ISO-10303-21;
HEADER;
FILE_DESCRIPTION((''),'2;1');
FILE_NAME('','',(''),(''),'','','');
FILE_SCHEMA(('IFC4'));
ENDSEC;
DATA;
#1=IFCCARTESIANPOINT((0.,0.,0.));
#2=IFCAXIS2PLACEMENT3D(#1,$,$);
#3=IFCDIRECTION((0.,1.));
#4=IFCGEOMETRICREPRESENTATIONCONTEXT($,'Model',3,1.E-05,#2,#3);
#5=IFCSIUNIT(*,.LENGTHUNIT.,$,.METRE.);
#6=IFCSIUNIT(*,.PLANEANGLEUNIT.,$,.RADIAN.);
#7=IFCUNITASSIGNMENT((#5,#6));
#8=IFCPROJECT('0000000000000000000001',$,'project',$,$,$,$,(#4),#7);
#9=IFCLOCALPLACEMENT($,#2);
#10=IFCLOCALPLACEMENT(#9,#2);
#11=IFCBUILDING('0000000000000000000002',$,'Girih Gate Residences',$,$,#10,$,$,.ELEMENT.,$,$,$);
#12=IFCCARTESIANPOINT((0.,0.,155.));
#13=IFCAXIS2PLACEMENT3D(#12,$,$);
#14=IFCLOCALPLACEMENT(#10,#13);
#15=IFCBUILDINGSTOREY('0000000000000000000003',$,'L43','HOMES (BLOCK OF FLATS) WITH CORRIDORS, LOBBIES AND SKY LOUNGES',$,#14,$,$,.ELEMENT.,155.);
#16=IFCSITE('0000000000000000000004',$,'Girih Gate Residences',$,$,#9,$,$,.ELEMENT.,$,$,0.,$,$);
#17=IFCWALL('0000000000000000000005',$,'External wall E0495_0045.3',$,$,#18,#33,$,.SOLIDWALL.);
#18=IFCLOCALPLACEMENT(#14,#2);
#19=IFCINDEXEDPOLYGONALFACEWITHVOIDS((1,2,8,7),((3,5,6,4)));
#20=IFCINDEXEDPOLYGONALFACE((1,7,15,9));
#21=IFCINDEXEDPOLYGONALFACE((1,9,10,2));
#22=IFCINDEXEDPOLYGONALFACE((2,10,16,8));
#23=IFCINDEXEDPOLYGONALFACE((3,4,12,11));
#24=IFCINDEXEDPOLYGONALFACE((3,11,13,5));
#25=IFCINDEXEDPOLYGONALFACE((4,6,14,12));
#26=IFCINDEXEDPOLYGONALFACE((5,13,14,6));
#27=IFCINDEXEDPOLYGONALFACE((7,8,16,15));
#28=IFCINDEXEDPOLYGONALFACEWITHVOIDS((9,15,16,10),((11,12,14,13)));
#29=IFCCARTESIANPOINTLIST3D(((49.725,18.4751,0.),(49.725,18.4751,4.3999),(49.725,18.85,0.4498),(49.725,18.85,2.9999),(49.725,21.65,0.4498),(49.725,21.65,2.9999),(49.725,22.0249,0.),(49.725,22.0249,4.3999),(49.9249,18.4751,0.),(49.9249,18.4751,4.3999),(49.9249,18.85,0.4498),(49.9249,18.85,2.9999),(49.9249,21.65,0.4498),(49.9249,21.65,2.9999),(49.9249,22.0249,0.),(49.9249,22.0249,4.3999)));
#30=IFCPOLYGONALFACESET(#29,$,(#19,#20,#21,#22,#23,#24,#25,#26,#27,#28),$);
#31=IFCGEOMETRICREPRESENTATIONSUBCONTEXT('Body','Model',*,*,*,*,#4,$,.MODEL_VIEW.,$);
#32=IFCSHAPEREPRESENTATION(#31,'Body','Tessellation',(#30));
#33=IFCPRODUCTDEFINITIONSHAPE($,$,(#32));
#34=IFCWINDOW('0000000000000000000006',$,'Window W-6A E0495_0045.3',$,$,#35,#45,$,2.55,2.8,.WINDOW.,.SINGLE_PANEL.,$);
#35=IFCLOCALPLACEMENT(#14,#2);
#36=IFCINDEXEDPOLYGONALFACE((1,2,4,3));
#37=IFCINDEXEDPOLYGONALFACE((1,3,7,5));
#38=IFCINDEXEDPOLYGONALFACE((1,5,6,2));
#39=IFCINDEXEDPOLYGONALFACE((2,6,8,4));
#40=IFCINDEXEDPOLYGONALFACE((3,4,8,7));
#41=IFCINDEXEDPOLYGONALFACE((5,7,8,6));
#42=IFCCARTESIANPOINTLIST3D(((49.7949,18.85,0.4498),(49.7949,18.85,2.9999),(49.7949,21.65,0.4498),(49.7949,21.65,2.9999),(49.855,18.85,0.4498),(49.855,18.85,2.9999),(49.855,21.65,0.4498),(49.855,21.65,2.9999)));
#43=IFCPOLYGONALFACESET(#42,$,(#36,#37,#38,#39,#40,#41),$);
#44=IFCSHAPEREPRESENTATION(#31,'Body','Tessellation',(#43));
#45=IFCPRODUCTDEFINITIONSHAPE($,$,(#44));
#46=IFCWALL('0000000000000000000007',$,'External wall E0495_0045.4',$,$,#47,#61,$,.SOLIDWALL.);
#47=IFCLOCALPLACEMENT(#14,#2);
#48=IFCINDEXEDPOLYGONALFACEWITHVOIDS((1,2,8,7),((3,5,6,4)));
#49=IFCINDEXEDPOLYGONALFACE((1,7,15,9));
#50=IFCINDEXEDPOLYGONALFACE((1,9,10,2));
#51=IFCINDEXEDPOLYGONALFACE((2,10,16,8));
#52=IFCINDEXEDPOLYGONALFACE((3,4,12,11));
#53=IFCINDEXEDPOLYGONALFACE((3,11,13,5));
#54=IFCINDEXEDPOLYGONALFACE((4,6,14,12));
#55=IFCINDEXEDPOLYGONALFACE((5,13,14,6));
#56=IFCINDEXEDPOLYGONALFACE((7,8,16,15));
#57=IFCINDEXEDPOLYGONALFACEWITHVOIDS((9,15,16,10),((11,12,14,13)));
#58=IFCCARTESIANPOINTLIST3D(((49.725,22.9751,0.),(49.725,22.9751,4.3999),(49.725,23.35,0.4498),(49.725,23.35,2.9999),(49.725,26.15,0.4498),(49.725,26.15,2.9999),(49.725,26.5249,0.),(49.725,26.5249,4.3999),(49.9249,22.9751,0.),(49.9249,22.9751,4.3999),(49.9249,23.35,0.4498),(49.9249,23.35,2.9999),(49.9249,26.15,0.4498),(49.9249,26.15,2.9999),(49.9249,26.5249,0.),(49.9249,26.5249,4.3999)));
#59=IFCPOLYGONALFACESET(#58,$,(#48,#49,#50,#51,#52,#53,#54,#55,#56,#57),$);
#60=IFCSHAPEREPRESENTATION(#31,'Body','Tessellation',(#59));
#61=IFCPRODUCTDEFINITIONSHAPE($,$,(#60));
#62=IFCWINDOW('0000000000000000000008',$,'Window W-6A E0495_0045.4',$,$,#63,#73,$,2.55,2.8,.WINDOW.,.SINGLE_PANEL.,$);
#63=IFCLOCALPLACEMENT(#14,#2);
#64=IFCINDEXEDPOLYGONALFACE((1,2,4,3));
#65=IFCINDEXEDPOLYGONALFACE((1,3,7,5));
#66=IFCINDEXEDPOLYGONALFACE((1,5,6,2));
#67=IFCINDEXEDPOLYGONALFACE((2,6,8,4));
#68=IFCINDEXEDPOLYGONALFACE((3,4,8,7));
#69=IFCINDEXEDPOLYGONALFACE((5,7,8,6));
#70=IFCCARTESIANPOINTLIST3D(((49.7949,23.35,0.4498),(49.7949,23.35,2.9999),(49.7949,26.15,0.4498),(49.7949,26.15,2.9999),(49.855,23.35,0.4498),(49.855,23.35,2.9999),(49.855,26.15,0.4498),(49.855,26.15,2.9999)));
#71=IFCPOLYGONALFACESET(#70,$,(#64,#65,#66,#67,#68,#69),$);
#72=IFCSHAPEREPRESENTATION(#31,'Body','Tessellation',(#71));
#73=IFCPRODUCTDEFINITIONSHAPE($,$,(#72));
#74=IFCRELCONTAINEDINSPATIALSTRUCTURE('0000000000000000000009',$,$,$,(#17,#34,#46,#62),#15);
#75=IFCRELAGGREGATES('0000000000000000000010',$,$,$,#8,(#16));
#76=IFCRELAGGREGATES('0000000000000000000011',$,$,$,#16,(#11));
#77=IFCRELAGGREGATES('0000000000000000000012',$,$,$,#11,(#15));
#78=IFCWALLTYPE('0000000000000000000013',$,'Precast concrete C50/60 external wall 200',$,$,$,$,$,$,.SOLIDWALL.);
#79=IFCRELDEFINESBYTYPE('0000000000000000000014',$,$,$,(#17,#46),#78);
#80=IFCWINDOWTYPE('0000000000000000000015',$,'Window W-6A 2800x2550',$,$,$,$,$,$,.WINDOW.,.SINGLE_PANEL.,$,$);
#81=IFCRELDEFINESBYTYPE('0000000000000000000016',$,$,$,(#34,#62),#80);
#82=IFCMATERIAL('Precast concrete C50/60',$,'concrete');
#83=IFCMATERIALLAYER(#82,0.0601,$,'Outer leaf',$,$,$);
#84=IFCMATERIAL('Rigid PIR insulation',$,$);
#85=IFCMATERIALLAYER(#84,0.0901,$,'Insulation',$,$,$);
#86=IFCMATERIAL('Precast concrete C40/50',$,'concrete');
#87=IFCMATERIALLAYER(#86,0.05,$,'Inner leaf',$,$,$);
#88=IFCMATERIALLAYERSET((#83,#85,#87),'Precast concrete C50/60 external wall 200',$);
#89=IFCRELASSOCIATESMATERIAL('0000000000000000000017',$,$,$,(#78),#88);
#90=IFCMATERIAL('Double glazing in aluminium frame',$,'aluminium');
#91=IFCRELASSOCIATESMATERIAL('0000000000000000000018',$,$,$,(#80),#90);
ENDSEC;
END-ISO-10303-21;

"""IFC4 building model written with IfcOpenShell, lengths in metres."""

from ifc_helpers import new_model, si_unit, direction, frame, frame_2d, origin, place, context, subcontext, project, spatial, rectangle, extrude, material, layer, layer_set, type_object, element, fill, save


model = new_model("IFC4")

# Units and contexts
model_context = context("Model", 3, precision=1e-05, world=origin(), true_north=direction((0.0, 1.0)))
body_context = subcontext(model_context, "Body", "Model", "MODEL_VIEW")
ifc_project = project(units=[si_unit("LENGTHUNIT", "METRE"), si_unit("PLANEANGLEUNIT", "RADIAN")], contexts=[model_context])

# Site, building, storey
site_placement = place(None, origin())
site = spatial("IfcSite", under=ifc_project, at=site_placement, Name="Girih Gate Residences", CompositionType="ELEMENT", RefElevation=0.0)
building_placement = place(site_placement, origin())
building = spatial("IfcBuilding", under=site, at=building_placement, Name="Girih Gate Residences", CompositionType="ELEMENT")
storey_placement = place(building_placement, frame((0.0, 0.0, 155.0)))
storey = spatial("IfcBuildingStorey", under=building, at=storey_placement, Name="L43", Description="HOMES (BLOCK OF FLATS) WITH CORRIDORS, LOBBIES AND SKY LOUNGES", CompositionType="ELEMENT", Elevation=155.0)

# Walls, openings, windows
ifc_material_1 = material(Name="Precast concrete C50/60", Category="concrete")
ifc_layer_1 = layer(ifc_material_1, 0.0601, Name="Outer leaf")
ifc_material_2 = material(Name="Rigid PIR insulation")
ifc_layer_2 = layer(ifc_material_2, 0.0901, Name="Insulation")
ifc_material_3 = material(Name="Precast concrete C40/50", Category="concrete")
ifc_layer_3 = layer(ifc_material_3, 0.05, Name="Inner leaf")
ifc_layer_set_1 = layer_set([ifc_layer_1, ifc_layer_2, ifc_layer_3], Name="Precast concrete C50/60 external wall 200")
wall_type_1 = type_object("IfcWallType", Name="Precast concrete C50/60 external wall 200", PredefinedType="SOLIDWALL", material=ifc_layer_set_1)
wall_1_placement = place(storey_placement, frame((49.825, 22.0249, 0.0), z_axis=(0.0, 0.0, 1.0), x_axis=(0.0, -1.0, 0.0)))
wall_1 = element("IfcWall", 1, at=wall_1_placement, inside=storey, type_object=wall_type_1, Name="External wall E0495_0045.3", PredefinedType="SOLIDWALL", context=body_context, shape_type="SweptSolid", body=[
    extrude(rectangle(XDim=3.5498, YDim=0.2, at=frame_2d((1.7749, 0.0))), origin(), (0.0, 0.0, 1.0), 4.3999),
])
opening_1_placement = place(wall_1_placement, frame((0.375, 0.0, 0.45)))
opening_1 = element("IfcOpeningElement", 2, at=opening_1_placement, cuts=wall_1, PredefinedType="OPENING", context=body_context, shape_type="SweptSolid", body=[
    extrude(rectangle(XDim=2.8, YDim=2.55, at=frame_2d((1.3999, 1.2749))), frame((0.0, 0.1099, 0.0), z_axis=(0.0, -1.0, 0.0), x_axis=(1.0, 0.0, 0.0)), (0.0, 0.0, 1.0), 0.22),
])
ifc_material_4 = material(Name="Double glazing in aluminium frame", Category="aluminium")
window_type = type_object("IfcWindowType", Name="Window W-6A 2800x2550", PartitioningType="SINGLE_PANEL", PredefinedType="WINDOW", material=ifc_material_4)
window_1_placement = place(opening_1_placement, origin())
window_1 = element("IfcWindow", 3, at=window_1_placement, inside=storey, type_object=window_type, Name="Window W-6A E0495_0045.3", OverallHeight=2.55, OverallWidth=2.8, PartitioningType="SINGLE_PANEL", PredefinedType="WINDOW", context=body_context, shape_type="SweptSolid", body=[
    extrude(rectangle(XDim=2.8, YDim=2.55, at=frame_2d((1.3999, 1.2749))), frame((0.0, 0.03, 0.0), z_axis=(0.0, -1.0, 0.0), x_axis=(1.0, 0.0, 0.0)), (0.0, 0.0, 1.0), 0.0601),
])
fill(opening_1, window_1)
wall_2_placement = place(storey_placement, frame((49.825, 26.5249, 0.0), z_axis=(0.0, 0.0, 1.0), x_axis=(0.0, -1.0, 0.0)))
wall_2 = element("IfcWall", 4, at=wall_2_placement, inside=storey, type_object=wall_type_1, Name="External wall E0495_0045.4", PredefinedType="SOLIDWALL", context=body_context, shape_type="SweptSolid", body=[
    extrude(rectangle(XDim=3.5498, YDim=0.2, at=frame_2d((1.7749, 0.0))), origin(), (0.0, 0.0, 1.0), 4.3999),
])
opening_2_placement = place(wall_2_placement, frame((0.375, 0.0, 0.45)))
opening_2 = element("IfcOpeningElement", 5, at=opening_2_placement, cuts=wall_2, PredefinedType="OPENING", context=body_context, shape_type="SweptSolid", body=[
    extrude(rectangle(XDim=2.8, YDim=2.55, at=frame_2d((1.3999, 1.2749))), frame((0.0, 0.1099, 0.0), z_axis=(0.0, -1.0, 0.0), x_axis=(1.0, 0.0, 0.0)), (0.0, 0.0, 1.0), 0.22),
])
window_2_placement = place(opening_2_placement, origin())
window_2 = element("IfcWindow", 6, at=window_2_placement, inside=storey, type_object=window_type, Name="Window W-6A E0495_0045.4", OverallHeight=2.55, OverallWidth=2.8, PartitioningType="SINGLE_PANEL", PredefinedType="WINDOW", context=body_context, shape_type="SweptSolid", body=[
    extrude(rectangle(XDim=2.8, YDim=2.55, at=frame_2d((1.3999, 1.2749))), frame((0.0, 0.03, 0.0), z_axis=(0.0, -1.0, 0.0), x_axis=(1.0, 0.0, 0.0)), (0.0, 0.0, 1.0), 0.0601),
])
fill(opening_2, window_2)

save(model, "model.ifc")
